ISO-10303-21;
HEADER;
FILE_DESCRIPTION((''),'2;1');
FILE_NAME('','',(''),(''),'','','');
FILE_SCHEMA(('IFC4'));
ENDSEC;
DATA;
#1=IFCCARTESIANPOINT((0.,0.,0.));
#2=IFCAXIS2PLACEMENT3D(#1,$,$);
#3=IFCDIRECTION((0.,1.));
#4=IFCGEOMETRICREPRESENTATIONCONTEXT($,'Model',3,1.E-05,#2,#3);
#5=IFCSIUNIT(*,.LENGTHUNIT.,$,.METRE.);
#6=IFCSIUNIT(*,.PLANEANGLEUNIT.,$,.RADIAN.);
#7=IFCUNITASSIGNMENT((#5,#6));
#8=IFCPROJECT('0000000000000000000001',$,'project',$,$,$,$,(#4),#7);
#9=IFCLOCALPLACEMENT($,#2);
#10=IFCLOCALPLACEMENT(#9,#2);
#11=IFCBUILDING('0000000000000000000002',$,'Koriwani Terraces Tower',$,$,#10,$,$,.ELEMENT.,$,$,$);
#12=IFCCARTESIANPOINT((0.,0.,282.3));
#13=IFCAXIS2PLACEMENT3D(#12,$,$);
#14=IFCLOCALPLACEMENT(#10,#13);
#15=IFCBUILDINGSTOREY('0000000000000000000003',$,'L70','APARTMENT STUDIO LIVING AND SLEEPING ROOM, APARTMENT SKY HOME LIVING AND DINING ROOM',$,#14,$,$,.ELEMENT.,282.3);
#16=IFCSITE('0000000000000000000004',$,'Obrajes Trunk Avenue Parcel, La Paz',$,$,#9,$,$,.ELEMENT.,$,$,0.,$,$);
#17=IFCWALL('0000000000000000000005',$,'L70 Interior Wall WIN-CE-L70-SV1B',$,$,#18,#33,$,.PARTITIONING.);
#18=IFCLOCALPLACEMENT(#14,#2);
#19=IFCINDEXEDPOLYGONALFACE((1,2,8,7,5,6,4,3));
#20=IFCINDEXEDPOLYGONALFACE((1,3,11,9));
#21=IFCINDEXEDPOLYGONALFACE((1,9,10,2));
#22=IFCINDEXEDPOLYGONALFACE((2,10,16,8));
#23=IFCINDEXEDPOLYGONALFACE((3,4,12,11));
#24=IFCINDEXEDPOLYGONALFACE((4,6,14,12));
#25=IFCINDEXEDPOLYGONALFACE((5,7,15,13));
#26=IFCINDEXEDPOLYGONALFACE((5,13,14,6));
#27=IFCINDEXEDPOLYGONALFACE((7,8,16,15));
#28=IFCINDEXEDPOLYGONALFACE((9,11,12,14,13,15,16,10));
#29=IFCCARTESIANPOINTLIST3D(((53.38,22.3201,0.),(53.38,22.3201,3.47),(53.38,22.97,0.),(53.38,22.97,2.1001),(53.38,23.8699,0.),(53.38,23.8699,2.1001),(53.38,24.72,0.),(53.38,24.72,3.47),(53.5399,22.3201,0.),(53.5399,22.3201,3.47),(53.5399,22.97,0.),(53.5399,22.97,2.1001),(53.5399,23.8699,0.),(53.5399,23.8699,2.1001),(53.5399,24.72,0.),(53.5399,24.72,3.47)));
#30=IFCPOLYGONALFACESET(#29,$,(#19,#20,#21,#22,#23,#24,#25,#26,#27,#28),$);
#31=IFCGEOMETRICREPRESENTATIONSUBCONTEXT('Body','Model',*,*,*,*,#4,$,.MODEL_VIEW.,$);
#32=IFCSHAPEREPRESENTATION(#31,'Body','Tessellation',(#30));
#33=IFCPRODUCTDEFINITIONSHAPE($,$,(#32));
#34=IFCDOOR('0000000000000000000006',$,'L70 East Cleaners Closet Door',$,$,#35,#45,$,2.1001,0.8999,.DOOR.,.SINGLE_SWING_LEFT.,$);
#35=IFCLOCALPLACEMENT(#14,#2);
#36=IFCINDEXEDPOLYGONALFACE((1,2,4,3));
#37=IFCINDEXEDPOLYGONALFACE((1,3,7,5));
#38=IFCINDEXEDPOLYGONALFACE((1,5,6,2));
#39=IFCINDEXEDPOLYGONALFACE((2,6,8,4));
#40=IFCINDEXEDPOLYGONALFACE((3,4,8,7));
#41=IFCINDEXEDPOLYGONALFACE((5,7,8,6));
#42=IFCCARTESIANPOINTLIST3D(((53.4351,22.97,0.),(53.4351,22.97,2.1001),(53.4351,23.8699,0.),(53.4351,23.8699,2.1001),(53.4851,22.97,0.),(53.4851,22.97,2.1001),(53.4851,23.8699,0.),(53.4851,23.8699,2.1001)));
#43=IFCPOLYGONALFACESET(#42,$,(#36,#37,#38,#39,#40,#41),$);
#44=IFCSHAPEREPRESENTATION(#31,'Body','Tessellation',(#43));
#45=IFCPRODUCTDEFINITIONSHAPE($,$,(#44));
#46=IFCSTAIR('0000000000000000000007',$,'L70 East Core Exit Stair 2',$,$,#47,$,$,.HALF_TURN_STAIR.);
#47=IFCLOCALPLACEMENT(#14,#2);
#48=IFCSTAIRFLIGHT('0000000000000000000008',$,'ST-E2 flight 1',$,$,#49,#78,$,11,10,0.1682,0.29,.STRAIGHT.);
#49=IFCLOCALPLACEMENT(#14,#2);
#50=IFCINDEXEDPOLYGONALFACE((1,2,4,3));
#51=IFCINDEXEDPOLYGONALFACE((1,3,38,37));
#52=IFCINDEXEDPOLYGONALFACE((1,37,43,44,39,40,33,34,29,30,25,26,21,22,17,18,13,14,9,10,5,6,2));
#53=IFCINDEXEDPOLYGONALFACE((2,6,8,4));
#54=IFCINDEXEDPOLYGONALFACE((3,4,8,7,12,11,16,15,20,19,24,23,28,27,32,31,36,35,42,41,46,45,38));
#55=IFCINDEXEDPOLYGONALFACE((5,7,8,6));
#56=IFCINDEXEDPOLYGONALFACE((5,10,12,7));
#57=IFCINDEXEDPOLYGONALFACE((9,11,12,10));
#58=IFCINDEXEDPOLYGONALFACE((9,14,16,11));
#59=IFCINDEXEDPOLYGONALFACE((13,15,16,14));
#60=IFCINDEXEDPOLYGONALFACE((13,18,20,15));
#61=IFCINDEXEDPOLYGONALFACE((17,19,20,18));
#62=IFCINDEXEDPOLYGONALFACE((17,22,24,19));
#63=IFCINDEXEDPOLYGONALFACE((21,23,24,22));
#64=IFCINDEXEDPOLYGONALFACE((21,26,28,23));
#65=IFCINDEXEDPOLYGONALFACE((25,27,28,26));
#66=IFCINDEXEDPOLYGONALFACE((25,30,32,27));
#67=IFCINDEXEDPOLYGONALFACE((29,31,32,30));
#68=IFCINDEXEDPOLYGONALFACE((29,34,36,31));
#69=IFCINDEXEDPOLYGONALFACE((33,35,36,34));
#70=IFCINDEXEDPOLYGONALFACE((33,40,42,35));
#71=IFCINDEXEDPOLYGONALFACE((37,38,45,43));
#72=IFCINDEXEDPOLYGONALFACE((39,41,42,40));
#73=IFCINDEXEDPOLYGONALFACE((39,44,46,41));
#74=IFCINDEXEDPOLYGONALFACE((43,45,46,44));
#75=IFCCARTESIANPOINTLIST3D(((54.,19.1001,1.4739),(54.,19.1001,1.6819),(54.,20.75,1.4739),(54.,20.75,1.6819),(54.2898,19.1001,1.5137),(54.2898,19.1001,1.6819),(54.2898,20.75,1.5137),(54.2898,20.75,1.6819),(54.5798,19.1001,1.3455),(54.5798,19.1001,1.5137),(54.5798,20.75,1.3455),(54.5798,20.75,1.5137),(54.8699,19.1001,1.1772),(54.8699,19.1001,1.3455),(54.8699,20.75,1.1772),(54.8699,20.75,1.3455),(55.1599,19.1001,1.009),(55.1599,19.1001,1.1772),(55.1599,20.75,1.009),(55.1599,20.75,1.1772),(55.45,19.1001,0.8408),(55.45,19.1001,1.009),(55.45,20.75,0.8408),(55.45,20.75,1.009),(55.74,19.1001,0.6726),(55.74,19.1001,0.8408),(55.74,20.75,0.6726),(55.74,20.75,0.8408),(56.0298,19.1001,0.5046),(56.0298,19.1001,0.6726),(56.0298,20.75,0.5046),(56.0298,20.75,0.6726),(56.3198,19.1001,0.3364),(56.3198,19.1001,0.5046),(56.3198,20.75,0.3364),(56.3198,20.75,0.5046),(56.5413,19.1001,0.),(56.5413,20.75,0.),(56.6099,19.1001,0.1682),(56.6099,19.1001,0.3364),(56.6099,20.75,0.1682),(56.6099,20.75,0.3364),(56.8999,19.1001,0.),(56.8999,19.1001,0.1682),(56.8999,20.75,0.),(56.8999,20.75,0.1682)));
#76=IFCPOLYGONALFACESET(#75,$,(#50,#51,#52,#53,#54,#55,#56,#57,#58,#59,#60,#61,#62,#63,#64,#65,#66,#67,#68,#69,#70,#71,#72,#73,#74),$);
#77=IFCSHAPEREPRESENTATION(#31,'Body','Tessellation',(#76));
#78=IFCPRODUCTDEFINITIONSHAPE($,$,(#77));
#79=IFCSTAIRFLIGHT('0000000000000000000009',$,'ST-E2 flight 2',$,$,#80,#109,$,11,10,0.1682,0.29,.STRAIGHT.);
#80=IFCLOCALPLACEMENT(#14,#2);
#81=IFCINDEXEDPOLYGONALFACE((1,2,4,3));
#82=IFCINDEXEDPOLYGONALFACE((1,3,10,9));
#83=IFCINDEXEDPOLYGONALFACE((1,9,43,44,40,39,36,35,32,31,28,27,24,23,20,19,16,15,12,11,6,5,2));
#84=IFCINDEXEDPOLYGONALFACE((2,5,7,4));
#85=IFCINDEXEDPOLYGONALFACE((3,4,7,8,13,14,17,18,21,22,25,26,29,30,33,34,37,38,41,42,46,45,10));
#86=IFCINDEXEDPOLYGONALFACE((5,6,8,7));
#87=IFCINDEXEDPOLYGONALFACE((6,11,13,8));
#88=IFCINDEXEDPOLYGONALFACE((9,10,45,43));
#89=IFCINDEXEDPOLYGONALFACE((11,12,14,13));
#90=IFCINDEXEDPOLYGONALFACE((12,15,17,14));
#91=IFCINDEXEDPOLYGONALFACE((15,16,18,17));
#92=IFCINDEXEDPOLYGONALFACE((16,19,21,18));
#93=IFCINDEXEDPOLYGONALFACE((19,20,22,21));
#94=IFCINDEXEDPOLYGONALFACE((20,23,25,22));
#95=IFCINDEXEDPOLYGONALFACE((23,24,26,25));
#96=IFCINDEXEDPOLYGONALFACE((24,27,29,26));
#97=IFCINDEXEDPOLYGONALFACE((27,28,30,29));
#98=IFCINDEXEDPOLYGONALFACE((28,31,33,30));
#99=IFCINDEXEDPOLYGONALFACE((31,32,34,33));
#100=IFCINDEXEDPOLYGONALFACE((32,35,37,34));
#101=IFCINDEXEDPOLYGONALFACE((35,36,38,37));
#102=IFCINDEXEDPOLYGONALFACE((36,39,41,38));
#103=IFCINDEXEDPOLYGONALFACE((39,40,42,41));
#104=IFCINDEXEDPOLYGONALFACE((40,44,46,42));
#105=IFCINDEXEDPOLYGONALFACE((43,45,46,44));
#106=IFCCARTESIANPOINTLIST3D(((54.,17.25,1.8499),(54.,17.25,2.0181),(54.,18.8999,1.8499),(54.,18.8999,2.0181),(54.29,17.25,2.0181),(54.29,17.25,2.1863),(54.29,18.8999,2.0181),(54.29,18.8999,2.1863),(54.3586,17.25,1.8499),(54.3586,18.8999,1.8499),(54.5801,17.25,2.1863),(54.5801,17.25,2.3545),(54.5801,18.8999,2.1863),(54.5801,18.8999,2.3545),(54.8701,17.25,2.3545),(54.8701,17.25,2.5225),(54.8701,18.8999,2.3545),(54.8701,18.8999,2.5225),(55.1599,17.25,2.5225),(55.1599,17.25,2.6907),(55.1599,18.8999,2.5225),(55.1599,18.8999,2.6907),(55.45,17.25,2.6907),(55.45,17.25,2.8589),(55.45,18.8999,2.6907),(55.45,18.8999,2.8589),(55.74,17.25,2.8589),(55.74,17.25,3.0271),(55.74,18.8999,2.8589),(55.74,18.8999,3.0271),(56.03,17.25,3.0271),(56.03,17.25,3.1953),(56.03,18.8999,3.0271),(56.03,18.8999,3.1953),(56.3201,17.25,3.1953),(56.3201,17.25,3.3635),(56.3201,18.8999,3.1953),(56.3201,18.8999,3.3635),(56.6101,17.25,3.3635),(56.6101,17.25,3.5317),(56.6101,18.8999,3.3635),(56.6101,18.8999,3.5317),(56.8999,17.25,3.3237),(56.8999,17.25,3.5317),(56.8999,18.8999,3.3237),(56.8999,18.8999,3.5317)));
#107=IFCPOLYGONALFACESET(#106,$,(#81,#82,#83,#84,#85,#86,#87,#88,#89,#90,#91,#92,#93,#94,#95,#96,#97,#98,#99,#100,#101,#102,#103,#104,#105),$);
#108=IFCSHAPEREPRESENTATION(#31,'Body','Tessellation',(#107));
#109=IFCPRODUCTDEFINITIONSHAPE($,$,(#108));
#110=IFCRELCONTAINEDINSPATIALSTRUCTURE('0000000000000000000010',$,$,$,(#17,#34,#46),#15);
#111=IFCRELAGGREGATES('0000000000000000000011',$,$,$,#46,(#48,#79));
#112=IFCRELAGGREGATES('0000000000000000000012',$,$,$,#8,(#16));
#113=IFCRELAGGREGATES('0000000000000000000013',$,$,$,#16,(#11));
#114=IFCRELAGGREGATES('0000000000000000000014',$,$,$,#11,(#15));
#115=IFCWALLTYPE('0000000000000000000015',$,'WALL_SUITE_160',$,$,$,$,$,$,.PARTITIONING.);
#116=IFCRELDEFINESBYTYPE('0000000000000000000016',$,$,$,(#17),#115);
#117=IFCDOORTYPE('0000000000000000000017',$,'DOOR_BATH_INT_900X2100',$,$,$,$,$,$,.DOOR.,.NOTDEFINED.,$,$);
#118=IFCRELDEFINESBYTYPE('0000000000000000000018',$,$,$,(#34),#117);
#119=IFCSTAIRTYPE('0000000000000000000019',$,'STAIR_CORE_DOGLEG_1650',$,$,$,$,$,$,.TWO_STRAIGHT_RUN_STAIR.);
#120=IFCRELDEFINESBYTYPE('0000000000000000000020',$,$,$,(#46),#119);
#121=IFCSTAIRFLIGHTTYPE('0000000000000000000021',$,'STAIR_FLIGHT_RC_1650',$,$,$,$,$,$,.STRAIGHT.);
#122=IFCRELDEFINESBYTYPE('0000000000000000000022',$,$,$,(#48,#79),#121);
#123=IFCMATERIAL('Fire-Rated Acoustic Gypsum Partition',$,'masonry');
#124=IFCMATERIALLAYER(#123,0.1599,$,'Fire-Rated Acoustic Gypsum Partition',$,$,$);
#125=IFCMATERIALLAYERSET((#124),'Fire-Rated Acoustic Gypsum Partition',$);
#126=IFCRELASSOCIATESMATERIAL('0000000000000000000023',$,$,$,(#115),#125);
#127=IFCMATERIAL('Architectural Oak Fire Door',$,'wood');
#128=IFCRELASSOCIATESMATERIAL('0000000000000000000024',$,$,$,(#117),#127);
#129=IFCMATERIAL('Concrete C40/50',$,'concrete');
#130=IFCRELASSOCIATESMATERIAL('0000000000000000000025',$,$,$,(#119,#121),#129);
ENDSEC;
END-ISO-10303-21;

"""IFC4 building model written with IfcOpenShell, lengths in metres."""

from ifc_helpers import new_model, si_unit, direction, frame, frame_2d, origin, place, context, subcontext, project, spatial, polyline, rectangle, outline, extrude, material, layer, layer_set, type_object, element, fill, aggregate, save


model = new_model("IFC4")

# Units and contexts
model_context = context("Model", 3, precision=1e-05, world=origin(), true_north=direction((0.0, 1.0)))
body_context = subcontext(model_context, "Body", "Model", "MODEL_VIEW")
ifc_project = project(units=[si_unit("LENGTHUNIT", "METRE"), si_unit("PLANEANGLEUNIT", "RADIAN")], contexts=[model_context])

# Site, building, storey
site_placement = place(None, origin())
site = spatial("IfcSite", under=ifc_project, at=site_placement, Name="Obrajes Trunk Avenue Parcel, La Paz", CompositionType="ELEMENT", RefElevation=0.0)
building_placement = place(site_placement, origin())
building = spatial("IfcBuilding", under=site, at=building_placement, Name="Koriwani Terraces Tower", CompositionType="ELEMENT")
storey_placement = place(building_placement, frame((0.0, 0.0, 282.3)))
storey = spatial("IfcBuildingStorey", under=building, at=storey_placement, Name="L70", Description="APARTMENT STUDIO LIVING AND SLEEPING ROOM, APARTMENT SKY HOME LIVING AND DINING ROOM", CompositionType="ELEMENT", Elevation=282.3)

# Shared definitions
ifc_material_1 = material(Name="Concrete C40/50", Category="concrete")

# Wall, opening, door
ifc_material_2 = material(Name="Fire-Rated Acoustic Gypsum Partition", Category="masonry")
ifc_layer_1 = layer(ifc_material_2, 0.1599, Name="Fire-Rated Acoustic Gypsum Partition")
ifc_layer_set_1 = layer_set([ifc_layer_1], Name="Fire-Rated Acoustic Gypsum Partition")
wall_type_1 = type_object("IfcWallType", Name="WALL_SUITE_160", PredefinedType="PARTITIONING", material=ifc_layer_set_1)
ifc_material_3 = material(Name="Architectural Oak Fire Door", Category="wood")
door_type_1 = type_object("IfcDoorType", Name="DOOR_BATH_INT_900X2100", OperationType="NOTDEFINED", PredefinedType="DOOR", material=ifc_material_3)
wall_1_placement = place(storey_placement, frame((53.46, 22.3201, 0.0), z_axis=(0.0, 0.0, 1.0), x_axis=(0.0, 1.0, 0.0)))
wall_1 = element("IfcWall", 1, at=wall_1_placement, inside=storey, type_object=wall_type_1, Name="L70 Interior Wall WIN-CE-L70-SV1B", PredefinedType="PARTITIONING", context=body_context, shape_type="SweptSolid", body=[
    extrude(rectangle(XDim=2.3999, YDim=0.1599, at=frame_2d((1.2, 0.0))), origin(), (0.0, 0.0, 1.0), 3.47),
])
opening_1_placement = place(wall_1_placement, frame((0.6499, 0.0, 0.0)))
opening_1 = element("IfcOpeningElement", 2, at=opening_1_placement, cuts=wall_1, PredefinedType="OPENING", context=body_context, shape_type="SweptSolid", body=[
    extrude(rectangle(XDim=0.8999, YDim=2.1001, at=frame_2d((0.45, 1.05))), frame((0.0, 0.0898, 0.0), z_axis=(0.0, -1.0, 0.0), x_axis=(1.0, 0.0, 0.0)), (0.0, 0.0, 1.0), 0.1799),
])
door_1_placement = place(opening_1_placement, origin())
door_1 = element("IfcDoor", 3, at=door_1_placement, inside=storey, type_object=door_type_1, Name="L70 East Cleaners Closet Door", OperationType="SINGLE_SWING_LEFT", OverallHeight=2.1001, OverallWidth=0.8999, PredefinedType="DOOR", context=body_context, shape_type="SweptSolid", body=[
    extrude(rectangle(XDim=0.8999, YDim=2.1001, at=frame_2d((0.45, 1.05))), frame((0.0, 0.0249, 0.0), z_axis=(0.0, -1.0, 0.0), x_axis=(1.0, 0.0, 0.0)), (0.0, 0.0, 1.0), 0.05),
])
fill(opening_1, door_1)

# Stair, stair flights
stair_type = type_object("IfcStairType", Name="STAIR_CORE_DOGLEG_1650", PredefinedType="TWO_STRAIGHT_RUN_STAIR", material=ifc_material_1)
stair_placement = place(storey_placement, origin())
stair = element("IfcStair", 4, at=stair_placement, inside=storey, type_object=stair_type, Name="L70 East Core Exit Stair 2", PredefinedType="HALF_TURN_STAIR")
stair_flight_type = type_object("IfcStairFlightType", Name="STAIR_FLIGHT_RC_1650", PredefinedType="STRAIGHT", material=ifc_material_1)
stair_flight_1_placement = place(storey_placement, frame((56.8999, 19.925, 0.0), z_axis=(0.0, 0.0, 1.0), x_axis=(-1.0, 0.0, 0.0)))
stair_flight_1 = element("IfcStairFlight", 5, at=stair_flight_1_placement, type_object=stair_flight_type, Name="ST-E2 flight 1", NumberOfRisers=11, NumberOfTreads=10, PredefinedType="STRAIGHT", RiserHeight=0.1682, TreadLength=0.29, context=body_context, shape_type="SweptSolid", body=[
    extrude(outline(polyline([(0.0, 0.0), (0.0, 0.1682), (0.29, 0.1682), (0.29, 0.3364), (0.5801, 0.3364), (0.5801, 0.5046), (0.8701, 0.5046), (0.8701, 0.6726), (1.1599, 0.6726), (1.1599, 0.8408), (1.45, 0.8408), (1.45, 1.009), (1.74, 1.009), (1.74, 1.1772), (2.03, 1.1772), (2.03, 1.3455), (2.3201, 1.3455), (2.3201, 1.5137), (2.6101, 1.5137), (2.6101, 1.6819), (2.8999, 1.6819), (2.8999, 1.8501), (2.8999, 1.4739), (0.3586, 0.0), (0.0, 0.0)])), frame((0.0, 0.825, 0.0), z_axis=(0.0, -1.0, 0.0), x_axis=(1.0, 0.0, 0.0)), (0.0, 0.0, 1.0), 1.6499),
])
stair_flight_2_placement = place(storey_placement, frame((54.0, 18.075, 1.8499), z_axis=(0.0, 0.0, 1.0), x_axis=(1.0, 0.0, 0.0)))
stair_flight_2 = element("IfcStairFlight", 6, at=stair_flight_2_placement, type_object=stair_flight_type, Name="ST-E2 flight 2", NumberOfRisers=11, NumberOfTreads=10, PredefinedType="STRAIGHT", RiserHeight=0.1682, TreadLength=0.29, context=body_context, shape_type="SweptSolid", body=[
    extrude(outline(polyline([(0.0, 0.0), (0.0, 0.1682), (0.29, 0.1682), (0.29, 0.3364), (0.5801, 0.3364), (0.5801, 0.5046), (0.8701, 0.5046), (0.8701, 0.6726), (1.1599, 0.6726), (1.1599, 0.8408), (1.45, 0.8408), (1.45, 1.009), (1.74, 1.009), (1.74, 1.1772), (2.03, 1.1772), (2.03, 1.3455), (2.3201, 1.3455), (2.3201, 1.5137), (2.6101, 1.5137), (2.6101, 1.6819), (2.8999, 1.6819), (2.8999, 1.8501), (2.8999, 1.4739), (0.3586, 0.0), (0.0, 0.0)])), frame((0.0, 0.825, 0.0), z_axis=(0.0, -1.0, 0.0), x_axis=(1.0, 0.0, 0.0)), (0.0, 0.0, 1.0), 1.6499),
])
aggregate(stair, [stair_flight_1, stair_flight_2])

save(model, "model.ifc")
